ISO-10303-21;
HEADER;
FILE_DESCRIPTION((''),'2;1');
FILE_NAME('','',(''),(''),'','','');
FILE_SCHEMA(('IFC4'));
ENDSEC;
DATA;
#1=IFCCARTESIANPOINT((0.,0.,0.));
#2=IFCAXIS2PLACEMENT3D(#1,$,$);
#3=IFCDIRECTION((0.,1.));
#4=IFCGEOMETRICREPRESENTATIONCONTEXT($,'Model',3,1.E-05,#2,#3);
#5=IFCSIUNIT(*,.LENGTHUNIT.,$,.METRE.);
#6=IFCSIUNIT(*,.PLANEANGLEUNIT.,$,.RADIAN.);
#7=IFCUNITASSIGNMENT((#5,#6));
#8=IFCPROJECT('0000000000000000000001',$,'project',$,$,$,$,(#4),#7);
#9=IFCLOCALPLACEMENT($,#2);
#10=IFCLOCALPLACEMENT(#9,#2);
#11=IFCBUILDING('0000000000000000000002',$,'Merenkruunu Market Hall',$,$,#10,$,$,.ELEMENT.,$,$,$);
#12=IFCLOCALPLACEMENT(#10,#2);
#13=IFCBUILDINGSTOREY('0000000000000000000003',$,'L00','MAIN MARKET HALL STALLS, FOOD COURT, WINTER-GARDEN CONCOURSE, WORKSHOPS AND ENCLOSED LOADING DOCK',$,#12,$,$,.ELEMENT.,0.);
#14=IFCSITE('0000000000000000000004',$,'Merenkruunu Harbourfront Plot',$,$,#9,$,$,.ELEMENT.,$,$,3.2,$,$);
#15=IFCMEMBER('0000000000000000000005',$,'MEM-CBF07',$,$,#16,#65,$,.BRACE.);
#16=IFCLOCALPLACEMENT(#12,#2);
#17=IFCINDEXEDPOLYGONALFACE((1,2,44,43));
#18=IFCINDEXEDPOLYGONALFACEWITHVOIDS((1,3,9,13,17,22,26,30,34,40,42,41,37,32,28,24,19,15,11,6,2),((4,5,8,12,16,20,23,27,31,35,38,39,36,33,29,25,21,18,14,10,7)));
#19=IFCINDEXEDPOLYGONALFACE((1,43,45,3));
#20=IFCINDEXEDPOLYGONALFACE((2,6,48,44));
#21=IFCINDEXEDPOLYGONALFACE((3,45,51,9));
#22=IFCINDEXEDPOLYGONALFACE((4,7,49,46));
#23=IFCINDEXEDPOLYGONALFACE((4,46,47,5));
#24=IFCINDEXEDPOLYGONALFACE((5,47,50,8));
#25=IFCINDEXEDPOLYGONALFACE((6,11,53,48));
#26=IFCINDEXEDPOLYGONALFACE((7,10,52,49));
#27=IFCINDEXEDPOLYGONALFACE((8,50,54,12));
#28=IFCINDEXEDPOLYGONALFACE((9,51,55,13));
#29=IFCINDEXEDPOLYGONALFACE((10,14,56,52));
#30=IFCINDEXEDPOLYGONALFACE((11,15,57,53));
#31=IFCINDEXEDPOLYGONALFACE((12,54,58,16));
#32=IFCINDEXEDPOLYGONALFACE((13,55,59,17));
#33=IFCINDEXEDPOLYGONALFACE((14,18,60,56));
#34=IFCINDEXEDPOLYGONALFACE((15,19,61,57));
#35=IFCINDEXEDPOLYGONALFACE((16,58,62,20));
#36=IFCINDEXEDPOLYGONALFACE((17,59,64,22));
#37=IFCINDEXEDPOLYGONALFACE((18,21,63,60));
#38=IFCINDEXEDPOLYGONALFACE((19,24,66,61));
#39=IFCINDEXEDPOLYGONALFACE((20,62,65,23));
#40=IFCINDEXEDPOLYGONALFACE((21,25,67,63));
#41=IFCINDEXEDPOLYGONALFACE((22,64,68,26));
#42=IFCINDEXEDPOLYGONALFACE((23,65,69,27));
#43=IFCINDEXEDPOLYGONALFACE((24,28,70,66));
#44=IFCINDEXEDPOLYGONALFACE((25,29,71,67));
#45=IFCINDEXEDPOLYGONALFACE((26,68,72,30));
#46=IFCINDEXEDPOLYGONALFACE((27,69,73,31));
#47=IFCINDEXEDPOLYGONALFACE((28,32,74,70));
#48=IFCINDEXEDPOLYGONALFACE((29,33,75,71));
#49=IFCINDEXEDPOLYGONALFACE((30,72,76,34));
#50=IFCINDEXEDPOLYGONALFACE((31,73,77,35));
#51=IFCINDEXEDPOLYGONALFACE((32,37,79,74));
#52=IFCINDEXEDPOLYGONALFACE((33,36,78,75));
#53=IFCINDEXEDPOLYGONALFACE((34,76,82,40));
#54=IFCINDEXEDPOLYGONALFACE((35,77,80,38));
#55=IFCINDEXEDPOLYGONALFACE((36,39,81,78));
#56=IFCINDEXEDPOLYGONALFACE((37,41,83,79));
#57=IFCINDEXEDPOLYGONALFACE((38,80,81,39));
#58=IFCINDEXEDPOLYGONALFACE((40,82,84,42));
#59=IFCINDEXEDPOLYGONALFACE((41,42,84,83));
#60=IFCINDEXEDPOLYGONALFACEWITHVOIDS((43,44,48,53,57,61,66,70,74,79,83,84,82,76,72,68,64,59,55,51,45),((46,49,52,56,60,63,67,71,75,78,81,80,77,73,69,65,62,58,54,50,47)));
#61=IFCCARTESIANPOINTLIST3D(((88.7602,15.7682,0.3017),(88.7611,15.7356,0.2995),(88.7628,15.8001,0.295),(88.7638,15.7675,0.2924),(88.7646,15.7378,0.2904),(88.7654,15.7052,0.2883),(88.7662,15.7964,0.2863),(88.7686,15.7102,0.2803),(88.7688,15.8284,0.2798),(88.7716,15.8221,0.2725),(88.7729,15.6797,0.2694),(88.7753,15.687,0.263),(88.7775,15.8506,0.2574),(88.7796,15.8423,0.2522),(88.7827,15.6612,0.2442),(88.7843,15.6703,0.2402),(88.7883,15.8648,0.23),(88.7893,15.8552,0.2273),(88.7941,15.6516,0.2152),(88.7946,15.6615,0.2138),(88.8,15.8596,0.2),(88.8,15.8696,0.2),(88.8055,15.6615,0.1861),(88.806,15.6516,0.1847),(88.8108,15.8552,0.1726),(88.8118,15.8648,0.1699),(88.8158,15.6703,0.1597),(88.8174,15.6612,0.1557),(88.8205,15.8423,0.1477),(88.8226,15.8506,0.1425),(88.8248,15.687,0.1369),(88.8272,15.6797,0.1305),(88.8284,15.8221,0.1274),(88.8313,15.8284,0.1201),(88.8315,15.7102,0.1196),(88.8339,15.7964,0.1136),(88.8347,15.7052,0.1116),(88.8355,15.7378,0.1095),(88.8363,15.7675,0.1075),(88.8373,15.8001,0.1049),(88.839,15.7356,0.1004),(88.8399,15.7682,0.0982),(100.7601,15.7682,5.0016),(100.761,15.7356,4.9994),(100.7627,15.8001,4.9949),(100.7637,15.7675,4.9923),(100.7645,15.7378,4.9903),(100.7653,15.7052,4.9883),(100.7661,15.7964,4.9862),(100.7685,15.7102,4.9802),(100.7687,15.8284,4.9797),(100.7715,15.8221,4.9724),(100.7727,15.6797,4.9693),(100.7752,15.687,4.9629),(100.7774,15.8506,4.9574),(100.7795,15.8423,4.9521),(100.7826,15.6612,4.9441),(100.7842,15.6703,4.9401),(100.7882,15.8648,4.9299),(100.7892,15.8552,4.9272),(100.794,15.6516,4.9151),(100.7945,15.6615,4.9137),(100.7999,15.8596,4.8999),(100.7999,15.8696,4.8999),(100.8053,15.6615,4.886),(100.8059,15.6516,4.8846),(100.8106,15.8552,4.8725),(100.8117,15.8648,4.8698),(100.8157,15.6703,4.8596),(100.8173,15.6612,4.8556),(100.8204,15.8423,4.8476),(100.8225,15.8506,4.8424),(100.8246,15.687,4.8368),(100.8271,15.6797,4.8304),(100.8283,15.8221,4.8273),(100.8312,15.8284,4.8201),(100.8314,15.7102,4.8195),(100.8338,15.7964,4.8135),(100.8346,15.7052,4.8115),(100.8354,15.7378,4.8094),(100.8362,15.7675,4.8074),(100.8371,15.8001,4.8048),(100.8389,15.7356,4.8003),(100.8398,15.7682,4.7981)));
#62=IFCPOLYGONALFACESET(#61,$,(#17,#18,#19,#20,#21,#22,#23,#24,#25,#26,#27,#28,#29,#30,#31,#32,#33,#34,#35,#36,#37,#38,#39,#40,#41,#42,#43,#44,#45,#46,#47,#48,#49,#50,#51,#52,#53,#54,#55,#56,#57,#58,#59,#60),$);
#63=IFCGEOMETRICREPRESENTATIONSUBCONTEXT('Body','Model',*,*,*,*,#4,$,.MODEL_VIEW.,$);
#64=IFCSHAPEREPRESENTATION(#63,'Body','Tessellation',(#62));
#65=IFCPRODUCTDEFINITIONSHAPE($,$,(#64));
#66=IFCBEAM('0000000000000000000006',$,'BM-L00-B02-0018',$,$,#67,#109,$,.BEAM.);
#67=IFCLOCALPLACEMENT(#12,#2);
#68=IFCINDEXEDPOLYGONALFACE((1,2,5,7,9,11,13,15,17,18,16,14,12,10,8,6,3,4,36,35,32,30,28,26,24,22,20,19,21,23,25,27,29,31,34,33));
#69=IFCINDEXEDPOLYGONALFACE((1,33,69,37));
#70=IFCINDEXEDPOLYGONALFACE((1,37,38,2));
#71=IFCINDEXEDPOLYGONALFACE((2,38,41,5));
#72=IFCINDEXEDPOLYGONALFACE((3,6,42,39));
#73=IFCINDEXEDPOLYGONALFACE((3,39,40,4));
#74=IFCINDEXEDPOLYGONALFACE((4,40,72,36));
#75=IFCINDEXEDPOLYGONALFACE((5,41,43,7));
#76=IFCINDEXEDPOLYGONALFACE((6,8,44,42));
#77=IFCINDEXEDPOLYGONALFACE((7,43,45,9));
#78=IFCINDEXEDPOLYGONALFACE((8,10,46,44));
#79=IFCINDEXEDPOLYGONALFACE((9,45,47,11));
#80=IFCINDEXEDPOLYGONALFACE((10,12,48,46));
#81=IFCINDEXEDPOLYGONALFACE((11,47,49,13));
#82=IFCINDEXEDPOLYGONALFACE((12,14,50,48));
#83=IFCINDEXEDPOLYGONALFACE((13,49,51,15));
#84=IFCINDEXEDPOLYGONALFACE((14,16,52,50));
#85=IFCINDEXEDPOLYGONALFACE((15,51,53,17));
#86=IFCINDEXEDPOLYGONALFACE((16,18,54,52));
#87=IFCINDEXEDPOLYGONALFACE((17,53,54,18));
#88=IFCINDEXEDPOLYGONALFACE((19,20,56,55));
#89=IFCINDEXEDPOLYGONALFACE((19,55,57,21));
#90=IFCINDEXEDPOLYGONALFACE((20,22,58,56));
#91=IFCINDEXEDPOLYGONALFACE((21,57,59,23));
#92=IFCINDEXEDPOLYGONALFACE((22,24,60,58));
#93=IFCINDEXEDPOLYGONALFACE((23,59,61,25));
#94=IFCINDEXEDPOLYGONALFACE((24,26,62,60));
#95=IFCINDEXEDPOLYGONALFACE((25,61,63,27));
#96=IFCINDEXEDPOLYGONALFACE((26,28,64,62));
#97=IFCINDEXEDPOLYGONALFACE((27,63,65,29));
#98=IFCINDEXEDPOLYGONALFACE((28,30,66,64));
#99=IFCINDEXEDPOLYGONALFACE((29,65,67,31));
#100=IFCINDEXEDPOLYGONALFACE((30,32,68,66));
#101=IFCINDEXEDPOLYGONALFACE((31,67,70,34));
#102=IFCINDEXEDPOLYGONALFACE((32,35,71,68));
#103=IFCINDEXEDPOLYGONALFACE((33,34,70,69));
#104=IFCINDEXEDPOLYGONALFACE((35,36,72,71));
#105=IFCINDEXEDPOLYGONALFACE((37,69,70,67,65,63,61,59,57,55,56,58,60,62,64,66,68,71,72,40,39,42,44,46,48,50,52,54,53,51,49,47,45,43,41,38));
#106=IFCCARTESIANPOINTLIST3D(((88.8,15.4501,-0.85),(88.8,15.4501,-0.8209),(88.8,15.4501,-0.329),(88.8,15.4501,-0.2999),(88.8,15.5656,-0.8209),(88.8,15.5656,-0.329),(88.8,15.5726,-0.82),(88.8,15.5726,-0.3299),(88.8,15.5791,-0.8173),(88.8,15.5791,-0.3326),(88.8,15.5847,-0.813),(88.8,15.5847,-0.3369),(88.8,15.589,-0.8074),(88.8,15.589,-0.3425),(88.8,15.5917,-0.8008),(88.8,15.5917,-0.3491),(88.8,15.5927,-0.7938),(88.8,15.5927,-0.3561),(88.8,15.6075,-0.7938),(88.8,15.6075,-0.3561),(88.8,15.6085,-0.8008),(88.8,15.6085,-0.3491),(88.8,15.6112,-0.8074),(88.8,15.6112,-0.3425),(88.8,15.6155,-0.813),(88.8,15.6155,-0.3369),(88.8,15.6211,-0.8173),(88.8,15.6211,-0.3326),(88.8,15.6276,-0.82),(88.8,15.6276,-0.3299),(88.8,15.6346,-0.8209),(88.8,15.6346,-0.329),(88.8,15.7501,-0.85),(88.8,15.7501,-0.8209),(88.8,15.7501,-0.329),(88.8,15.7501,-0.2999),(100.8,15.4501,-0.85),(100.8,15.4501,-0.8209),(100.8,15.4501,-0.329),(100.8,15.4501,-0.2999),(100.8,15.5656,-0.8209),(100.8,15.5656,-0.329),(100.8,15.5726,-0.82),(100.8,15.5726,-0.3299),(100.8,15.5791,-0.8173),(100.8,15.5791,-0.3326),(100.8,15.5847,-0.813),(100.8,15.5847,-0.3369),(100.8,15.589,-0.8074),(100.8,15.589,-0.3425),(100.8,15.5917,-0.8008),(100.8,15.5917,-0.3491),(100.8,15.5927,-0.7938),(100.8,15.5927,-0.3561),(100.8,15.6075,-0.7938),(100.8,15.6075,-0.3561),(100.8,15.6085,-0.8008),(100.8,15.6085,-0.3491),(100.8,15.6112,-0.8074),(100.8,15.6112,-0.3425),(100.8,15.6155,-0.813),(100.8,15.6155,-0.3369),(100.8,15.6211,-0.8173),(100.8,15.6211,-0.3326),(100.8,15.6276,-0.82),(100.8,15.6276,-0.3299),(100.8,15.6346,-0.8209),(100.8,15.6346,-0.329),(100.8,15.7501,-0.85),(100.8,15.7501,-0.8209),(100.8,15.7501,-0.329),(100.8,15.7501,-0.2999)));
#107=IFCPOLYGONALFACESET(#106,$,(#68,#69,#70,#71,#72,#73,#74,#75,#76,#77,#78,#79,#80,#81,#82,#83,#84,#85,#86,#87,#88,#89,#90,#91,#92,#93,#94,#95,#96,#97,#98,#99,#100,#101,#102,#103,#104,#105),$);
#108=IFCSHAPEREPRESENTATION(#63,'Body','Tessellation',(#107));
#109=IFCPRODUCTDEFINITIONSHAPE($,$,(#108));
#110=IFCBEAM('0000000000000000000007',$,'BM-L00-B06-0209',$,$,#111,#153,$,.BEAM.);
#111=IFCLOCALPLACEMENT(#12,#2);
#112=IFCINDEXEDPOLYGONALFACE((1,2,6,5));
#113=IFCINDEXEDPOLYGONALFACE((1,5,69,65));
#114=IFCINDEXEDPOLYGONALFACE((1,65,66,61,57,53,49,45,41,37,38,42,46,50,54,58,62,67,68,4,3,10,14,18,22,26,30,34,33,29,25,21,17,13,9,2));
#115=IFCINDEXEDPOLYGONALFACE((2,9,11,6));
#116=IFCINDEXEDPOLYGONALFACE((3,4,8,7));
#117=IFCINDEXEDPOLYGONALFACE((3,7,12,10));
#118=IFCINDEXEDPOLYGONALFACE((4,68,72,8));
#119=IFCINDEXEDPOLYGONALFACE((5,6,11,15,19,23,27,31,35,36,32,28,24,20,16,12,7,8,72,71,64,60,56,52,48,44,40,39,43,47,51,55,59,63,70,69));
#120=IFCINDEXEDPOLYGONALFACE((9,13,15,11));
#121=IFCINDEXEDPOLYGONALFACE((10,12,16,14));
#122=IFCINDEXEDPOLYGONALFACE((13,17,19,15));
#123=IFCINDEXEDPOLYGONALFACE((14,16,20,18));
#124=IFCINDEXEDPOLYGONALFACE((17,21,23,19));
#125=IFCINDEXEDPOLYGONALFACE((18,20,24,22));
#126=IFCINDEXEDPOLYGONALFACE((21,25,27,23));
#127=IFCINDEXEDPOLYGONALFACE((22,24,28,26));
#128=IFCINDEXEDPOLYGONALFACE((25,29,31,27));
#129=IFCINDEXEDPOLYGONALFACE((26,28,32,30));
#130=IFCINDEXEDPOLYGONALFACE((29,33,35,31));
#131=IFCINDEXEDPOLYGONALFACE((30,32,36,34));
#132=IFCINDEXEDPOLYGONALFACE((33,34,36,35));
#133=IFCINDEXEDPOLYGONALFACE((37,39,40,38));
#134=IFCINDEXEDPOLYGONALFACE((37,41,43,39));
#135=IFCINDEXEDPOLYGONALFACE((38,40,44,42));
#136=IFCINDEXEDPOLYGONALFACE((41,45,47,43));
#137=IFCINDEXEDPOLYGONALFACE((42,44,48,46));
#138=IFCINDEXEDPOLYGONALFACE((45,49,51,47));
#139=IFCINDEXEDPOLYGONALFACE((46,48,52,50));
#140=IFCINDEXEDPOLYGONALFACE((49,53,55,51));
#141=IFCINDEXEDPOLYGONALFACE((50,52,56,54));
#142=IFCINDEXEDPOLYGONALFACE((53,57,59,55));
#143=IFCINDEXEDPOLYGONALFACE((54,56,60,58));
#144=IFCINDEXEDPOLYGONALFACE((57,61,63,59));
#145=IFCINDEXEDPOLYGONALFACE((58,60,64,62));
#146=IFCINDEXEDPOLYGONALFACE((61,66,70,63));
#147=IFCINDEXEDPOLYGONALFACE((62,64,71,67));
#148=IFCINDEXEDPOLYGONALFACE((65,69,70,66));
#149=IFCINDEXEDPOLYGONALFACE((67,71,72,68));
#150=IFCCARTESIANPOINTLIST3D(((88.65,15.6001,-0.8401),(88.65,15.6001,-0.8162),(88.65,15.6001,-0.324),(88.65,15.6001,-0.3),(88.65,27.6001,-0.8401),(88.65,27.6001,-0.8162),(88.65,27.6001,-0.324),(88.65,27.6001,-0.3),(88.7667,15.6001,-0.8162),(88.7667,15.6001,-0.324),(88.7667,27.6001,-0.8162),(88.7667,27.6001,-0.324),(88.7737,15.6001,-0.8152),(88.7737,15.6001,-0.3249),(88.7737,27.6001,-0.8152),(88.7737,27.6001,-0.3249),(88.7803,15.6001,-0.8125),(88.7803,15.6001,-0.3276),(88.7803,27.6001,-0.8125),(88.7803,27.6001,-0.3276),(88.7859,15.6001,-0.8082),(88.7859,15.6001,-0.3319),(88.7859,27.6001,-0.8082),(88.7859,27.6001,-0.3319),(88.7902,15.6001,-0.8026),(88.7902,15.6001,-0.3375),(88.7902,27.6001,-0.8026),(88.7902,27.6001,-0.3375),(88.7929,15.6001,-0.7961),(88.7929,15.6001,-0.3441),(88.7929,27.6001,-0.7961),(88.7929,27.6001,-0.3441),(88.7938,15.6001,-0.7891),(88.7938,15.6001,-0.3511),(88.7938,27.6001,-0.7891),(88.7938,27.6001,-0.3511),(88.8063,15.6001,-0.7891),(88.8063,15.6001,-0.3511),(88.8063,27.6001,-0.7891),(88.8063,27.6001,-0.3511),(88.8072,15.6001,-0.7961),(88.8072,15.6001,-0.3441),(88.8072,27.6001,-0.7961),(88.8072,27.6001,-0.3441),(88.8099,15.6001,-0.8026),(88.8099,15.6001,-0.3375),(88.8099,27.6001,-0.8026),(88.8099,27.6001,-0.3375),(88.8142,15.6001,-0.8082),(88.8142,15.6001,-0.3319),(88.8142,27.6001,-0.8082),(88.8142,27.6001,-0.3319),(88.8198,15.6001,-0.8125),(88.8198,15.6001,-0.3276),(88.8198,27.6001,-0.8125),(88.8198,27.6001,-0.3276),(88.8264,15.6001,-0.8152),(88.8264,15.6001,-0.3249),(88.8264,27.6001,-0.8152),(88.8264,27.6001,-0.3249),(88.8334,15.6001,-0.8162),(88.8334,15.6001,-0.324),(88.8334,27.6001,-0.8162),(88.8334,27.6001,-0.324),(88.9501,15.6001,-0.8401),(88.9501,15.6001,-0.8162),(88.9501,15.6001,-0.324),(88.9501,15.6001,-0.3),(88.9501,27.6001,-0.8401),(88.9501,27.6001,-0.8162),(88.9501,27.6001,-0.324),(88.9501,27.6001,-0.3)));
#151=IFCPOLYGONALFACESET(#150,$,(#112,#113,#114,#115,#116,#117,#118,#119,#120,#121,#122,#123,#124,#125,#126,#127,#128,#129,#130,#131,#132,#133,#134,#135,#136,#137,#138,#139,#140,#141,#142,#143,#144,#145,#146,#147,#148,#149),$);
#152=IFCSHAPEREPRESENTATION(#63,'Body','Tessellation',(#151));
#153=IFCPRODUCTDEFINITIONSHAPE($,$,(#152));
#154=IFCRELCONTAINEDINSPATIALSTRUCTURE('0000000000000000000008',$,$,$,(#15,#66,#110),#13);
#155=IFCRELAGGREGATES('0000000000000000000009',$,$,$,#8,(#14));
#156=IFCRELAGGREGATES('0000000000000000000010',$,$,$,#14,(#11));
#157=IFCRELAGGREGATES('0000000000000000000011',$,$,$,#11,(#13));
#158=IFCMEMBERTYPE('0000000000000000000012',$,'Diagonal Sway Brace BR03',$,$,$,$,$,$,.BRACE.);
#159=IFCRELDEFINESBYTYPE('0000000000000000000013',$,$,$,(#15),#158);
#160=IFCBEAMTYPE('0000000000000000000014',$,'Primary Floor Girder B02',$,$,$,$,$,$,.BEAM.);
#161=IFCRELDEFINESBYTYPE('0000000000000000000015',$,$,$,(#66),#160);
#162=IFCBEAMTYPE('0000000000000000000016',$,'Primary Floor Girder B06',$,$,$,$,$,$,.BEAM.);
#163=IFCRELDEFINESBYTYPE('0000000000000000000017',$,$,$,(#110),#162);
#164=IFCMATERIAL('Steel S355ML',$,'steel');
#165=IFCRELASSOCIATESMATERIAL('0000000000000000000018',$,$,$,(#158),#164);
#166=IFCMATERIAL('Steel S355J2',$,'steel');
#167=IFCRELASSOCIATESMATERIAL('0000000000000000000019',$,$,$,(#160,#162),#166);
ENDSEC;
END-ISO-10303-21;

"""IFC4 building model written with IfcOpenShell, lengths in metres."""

from ifc_helpers import new_model, si_unit, direction, frame, origin, origin_2d, place, context, subcontext, project, spatial, hollow_circle, i_section, extrude, material, material_profile, profile_set, type_object, element, save


model = new_model("IFC4")

# Units and contexts
model_context = context("Model", 3, precision=1e-05, world=origin(), true_north=direction((0.0, 1.0)))
body_context = subcontext(model_context, "Body", "Model", "MODEL_VIEW")
ifc_project = project(units=[si_unit("LENGTHUNIT", "METRE"), si_unit("PLANEANGLEUNIT", "RADIAN")], contexts=[model_context])

# Site, building, storey
site_placement = place(None, origin())
site = spatial("IfcSite", under=ifc_project, at=site_placement, Name="Merenkruunu Harbourfront Plot", CompositionType="ELEMENT", RefElevation=3.2)
building_placement = place(site_placement, origin())
building = spatial("IfcBuilding", under=site, at=building_placement, Name="Merenkruunu Market Hall", CompositionType="ELEMENT")
storey_placement = place(building_placement, origin())
storey = spatial("IfcBuildingStorey", under=building, at=storey_placement, Name="L00", Description="MAIN MARKET HALL STALLS, FOOD COURT, WINTER-GARDEN CONCOURSE, WORKSHOPS AND ENCLOSED LOADING DOCK", CompositionType="ELEMENT", Elevation=0.0)

# Shared definitions
ifc_material_1 = material(Name="Steel S355J2", Category="steel")

# Member
ifc_material_2 = material(Name="Steel S355ML", Category="steel")
ifc_material_profile_1 = material_profile(ifc_material_2, hollow_circle(Radius=0.1096, WallThickness=0.01, at=origin_2d()), Name="CHS 219.1x10")
ifc_profile_set_1 = profile_set([ifc_material_profile_1], Name="Steel S355ML")
member_type_1 = type_object("IfcMemberType", Name="Diagonal Sway Brace BR03", PredefinedType="BRACE", material=ifc_profile_set_1)
member_1_placement = place(storey_placement, frame((88.8, 15.76, 0.2), z_axis=(0.93113, 0.0, 0.364689), x_axis=(0.0, 1.0, 0.0)))
element("IfcMember", 1, at=member_1_placement, inside=storey, type_object=member_type_1, Name="MEM-CBF07", PredefinedType="BRACE", context=body_context, shape_type="SweptSolid", body=[
    extrude(hollow_circle(Radius=0.1096, WallThickness=0.01, at=origin_2d()), origin(), (0.0, 0.0, 1.0), 12.8875),
])

# Beams
ifc_material_profile_2 = material_profile(ifc_material_1, i_section(OverallWidth=0.3, OverallDepth=0.55, WebThickness=0.0149, FlangeThickness=0.0291, FilletRadius=0.0271, at=origin_2d()), Name="HEB 550")
ifc_profile_set_2 = profile_set([ifc_material_profile_2], Name="Steel S355J2")
beam_type_1 = type_object("IfcBeamType", Name="Primary Floor Girder B02", PredefinedType="BEAM", material=ifc_profile_set_2)
beam_1_placement = place(storey_placement, frame((88.8, 15.6001, -0.575), z_axis=(1.0, 0.0, 0.0), x_axis=(0.0, 1.0, 0.0)))
element("IfcBeam", 2, at=beam_1_placement, inside=storey, type_object=beam_type_1, Name="BM-L00-B02-0018", PredefinedType="BEAM", context=body_context, shape_type="SweptSolid", body=[
    extrude(i_section(OverallWidth=0.3, OverallDepth=0.55, WebThickness=0.0149, FlangeThickness=0.0291, FilletRadius=0.0271, at=origin_2d()), origin(), (0.0, 0.0, 1.0), 12.0),
])
ifc_material_profile_3 = material_profile(ifc_material_1, i_section(OverallWidth=0.3, OverallDepth=0.54, WebThickness=0.0125, FlangeThickness=0.0239, FilletRadius=0.0271, at=origin_2d()), Name="HEA 550")
ifc_profile_set_3 = profile_set([ifc_material_profile_3], Name="Steel S355J2")
beam_type_2 = type_object("IfcBeamType", Name="Primary Floor Girder B06", PredefinedType="BEAM", material=ifc_profile_set_3)
beam_2_placement = place(storey_placement, frame((88.8, 15.6001, -0.5701), z_axis=(0.0, 1.0, 0.0), x_axis=(-1.0, 0.0, 0.0)))
element("IfcBeam", 3, at=beam_2_placement, inside=storey, type_object=beam_type_2, Name="BM-L00-B06-0209", PredefinedType="BEAM", context=body_context, shape_type="SweptSolid", body=[
    extrude(i_section(OverallWidth=0.3, OverallDepth=0.54, WebThickness=0.0125, FlangeThickness=0.0239, FilletRadius=0.0271, at=origin_2d()), origin(), (0.0, 0.0, 1.0), 12.0),
])

save(model, "model.ifc")
